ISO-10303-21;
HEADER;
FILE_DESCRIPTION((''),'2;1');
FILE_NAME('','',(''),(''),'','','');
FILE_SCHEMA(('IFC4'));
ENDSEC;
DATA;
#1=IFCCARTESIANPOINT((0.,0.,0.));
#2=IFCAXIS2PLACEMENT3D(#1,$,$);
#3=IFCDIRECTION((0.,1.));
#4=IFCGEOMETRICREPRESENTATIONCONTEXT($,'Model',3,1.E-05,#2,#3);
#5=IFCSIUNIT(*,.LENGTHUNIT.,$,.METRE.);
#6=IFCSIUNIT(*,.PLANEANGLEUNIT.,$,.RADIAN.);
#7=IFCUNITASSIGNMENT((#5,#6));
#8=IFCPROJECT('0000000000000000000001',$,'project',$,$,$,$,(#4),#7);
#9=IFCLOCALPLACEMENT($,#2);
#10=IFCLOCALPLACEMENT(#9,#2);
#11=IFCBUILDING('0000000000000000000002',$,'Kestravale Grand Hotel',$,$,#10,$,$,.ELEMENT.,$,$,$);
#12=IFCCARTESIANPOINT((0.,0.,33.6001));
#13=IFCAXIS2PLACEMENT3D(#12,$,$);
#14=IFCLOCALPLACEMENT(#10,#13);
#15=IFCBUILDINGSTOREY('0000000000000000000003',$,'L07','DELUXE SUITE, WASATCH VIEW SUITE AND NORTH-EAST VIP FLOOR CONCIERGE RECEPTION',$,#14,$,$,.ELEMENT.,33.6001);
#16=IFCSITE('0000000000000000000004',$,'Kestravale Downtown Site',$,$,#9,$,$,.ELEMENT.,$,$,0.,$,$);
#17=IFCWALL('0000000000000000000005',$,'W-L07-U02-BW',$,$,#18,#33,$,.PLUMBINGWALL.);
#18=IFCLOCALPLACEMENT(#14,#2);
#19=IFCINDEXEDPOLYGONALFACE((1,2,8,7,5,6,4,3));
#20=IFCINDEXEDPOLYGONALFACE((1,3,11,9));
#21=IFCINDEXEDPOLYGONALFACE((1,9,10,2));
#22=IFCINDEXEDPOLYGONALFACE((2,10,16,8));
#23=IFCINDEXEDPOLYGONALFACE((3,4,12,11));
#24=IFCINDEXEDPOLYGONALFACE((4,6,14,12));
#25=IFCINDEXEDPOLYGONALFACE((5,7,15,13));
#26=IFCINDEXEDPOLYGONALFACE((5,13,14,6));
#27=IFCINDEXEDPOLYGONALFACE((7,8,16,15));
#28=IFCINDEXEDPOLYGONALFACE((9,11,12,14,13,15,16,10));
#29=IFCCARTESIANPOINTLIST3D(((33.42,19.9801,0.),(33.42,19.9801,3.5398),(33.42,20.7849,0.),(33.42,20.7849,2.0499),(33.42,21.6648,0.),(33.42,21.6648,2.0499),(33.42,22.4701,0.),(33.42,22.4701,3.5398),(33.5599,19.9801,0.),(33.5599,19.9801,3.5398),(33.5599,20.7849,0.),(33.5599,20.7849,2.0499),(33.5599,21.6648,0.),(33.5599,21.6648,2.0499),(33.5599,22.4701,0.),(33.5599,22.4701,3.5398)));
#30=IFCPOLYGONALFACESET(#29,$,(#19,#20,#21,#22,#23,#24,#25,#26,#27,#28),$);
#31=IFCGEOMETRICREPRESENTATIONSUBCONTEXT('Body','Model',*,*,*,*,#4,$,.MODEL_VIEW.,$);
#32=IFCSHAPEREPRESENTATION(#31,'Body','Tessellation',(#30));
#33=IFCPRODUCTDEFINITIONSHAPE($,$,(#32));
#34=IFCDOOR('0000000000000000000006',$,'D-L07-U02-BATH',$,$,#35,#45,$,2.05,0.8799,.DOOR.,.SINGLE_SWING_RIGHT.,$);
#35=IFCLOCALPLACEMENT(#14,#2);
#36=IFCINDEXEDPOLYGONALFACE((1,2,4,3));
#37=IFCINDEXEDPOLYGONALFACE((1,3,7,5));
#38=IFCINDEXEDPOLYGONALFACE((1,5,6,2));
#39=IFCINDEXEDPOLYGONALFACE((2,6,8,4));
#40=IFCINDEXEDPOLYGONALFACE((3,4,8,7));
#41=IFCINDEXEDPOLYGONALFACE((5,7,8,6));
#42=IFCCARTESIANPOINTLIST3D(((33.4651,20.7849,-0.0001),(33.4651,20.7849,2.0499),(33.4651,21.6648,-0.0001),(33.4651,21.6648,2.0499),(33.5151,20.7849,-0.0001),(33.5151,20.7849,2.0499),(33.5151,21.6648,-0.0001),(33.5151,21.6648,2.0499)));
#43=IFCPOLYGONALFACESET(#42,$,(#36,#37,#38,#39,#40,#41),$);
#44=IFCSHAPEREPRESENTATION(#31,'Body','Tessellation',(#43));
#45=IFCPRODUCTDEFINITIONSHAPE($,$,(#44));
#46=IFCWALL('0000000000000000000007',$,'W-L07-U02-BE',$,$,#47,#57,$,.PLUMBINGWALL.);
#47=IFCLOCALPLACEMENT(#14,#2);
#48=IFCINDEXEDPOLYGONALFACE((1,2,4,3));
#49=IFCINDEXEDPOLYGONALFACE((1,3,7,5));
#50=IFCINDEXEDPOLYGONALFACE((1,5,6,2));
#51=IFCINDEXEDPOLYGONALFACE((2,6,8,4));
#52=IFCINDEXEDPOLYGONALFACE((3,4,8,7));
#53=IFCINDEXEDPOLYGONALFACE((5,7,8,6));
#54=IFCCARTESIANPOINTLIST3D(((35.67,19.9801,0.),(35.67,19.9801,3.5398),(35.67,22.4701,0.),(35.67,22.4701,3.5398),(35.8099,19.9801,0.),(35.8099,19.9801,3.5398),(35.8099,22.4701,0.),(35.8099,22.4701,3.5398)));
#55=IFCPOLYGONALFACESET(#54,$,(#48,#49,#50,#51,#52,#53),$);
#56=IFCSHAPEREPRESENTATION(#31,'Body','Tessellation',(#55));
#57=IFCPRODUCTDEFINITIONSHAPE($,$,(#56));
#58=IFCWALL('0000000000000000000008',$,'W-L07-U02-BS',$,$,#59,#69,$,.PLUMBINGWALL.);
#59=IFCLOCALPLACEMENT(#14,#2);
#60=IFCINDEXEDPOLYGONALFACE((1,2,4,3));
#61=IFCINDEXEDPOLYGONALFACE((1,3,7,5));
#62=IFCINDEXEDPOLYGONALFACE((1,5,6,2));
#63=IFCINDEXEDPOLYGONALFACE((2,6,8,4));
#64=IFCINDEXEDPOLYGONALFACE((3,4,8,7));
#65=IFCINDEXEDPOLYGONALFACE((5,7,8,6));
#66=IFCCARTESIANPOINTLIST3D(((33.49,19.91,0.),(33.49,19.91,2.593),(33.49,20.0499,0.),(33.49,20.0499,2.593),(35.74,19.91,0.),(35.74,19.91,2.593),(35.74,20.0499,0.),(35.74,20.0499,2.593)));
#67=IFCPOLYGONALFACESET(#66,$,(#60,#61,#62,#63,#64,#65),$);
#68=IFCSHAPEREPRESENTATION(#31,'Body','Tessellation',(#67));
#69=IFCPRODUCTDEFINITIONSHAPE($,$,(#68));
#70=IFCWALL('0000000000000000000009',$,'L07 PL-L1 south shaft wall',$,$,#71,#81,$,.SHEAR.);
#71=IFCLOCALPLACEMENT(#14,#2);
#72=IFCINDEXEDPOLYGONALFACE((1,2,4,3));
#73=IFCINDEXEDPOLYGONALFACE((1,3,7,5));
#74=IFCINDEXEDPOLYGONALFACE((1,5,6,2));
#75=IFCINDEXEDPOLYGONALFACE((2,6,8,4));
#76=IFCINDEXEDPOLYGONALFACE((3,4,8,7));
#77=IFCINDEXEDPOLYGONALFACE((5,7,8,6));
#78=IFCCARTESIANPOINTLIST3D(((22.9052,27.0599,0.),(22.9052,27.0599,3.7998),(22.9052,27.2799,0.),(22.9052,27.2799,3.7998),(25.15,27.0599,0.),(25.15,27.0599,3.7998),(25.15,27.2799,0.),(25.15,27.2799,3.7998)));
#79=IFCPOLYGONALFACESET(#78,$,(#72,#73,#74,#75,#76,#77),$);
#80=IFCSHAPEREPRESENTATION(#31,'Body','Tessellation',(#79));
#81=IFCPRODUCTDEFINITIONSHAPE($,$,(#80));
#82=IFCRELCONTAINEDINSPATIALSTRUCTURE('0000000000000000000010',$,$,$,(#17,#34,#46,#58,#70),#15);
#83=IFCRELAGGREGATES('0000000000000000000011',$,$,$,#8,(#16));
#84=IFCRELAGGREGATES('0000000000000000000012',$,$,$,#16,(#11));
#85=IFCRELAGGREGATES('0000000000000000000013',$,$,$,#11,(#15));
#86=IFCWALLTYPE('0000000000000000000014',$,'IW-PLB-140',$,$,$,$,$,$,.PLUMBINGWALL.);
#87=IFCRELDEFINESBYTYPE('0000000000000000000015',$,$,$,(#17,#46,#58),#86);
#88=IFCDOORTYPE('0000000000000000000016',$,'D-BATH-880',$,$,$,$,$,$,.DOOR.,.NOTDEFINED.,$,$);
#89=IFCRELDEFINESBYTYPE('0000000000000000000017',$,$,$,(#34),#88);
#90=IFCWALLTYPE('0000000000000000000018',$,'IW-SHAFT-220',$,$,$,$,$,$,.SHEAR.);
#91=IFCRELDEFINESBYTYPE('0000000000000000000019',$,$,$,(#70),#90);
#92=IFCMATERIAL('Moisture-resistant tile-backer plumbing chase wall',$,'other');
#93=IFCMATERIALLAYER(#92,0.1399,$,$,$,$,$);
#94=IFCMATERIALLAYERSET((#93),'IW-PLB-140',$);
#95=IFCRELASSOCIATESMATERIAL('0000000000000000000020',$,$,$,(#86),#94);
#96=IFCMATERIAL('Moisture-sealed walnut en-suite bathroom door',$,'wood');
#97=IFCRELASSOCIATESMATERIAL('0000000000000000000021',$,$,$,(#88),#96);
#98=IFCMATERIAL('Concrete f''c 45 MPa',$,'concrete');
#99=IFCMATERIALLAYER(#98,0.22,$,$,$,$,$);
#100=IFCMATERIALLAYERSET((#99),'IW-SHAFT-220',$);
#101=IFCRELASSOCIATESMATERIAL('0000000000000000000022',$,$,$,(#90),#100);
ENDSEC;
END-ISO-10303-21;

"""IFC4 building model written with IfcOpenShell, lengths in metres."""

from ifc_helpers import new_model, si_unit, direction, frame, frame_2d, origin, place, context, subcontext, project, spatial, rectangle, extrude, material, layer, layer_set, type_object, element, fill, save


model = new_model("IFC4")

# Units and contexts
model_context = context("Model", 3, precision=1e-05, world=origin(), true_north=direction((0.0, 1.0)))
body_context = subcontext(model_context, "Body", "Model", "MODEL_VIEW")
ifc_project = project(units=[si_unit("LENGTHUNIT", "METRE"), si_unit("PLANEANGLEUNIT", "RADIAN")], contexts=[model_context])

# Site, building, storey
site_placement = place(None, origin())
site = spatial("IfcSite", under=ifc_project, at=site_placement, Name="Kestravale Downtown Site", CompositionType="ELEMENT", RefElevation=0.0)
building_placement = place(site_placement, origin())
building = spatial("IfcBuilding", under=site, at=building_placement, Name="Kestravale Grand Hotel", CompositionType="ELEMENT")
storey_placement = place(building_placement, frame((0.0, 0.0, 33.6001)))
storey = spatial("IfcBuildingStorey", under=building, at=storey_placement, Name="L07", Description="DELUXE SUITE, WASATCH VIEW SUITE AND NORTH-EAST VIP FLOOR CONCIERGE RECEPTION", CompositionType="ELEMENT", Elevation=33.6001)

# Shared definitions
ifc_material_1 = material(Name="Moisture-resistant tile-backer plumbing chase wall", Category="other")
ifc_layer_1 = layer(ifc_material_1, 0.1399)
ifc_layer_set_1 = layer_set([ifc_layer_1], Name="IW-PLB-140")
wall_type_1 = type_object("IfcWallType", Name="IW-PLB-140", PredefinedType="PLUMBINGWALL", material=ifc_layer_set_1)
ifc_material_2 = material(Name="Moisture-sealed walnut en-suite bathroom door", Category="wood")
door_type_1 = type_object("IfcDoorType", Name="D-BATH-880", OperationType="NOTDEFINED", PredefinedType="DOOR", material=ifc_material_2)

# Wall, opening, door
wall_1_placement = place(storey_placement, frame((33.49, 19.98, 0.0), z_axis=(0.0, 0.0, 1.0), x_axis=(0.0, 1.0, 0.0)))
wall_1 = element("IfcWall", 1, at=wall_1_placement, inside=storey, type_object=wall_type_1, Name="W-L07-U02-BW", PredefinedType="PLUMBINGWALL", context=body_context, shape_type="SweptSolid", body=[
    extrude(rectangle(XDim=2.49, YDim=0.1399, at=frame_2d((1.2451, 0.0))), origin(), (0.0, 0.0, 1.0), 3.5398),
])
opening_1_placement = place(wall_1_placement, frame((0.8049, 0.0, 0.0)))
opening_1 = element("IfcOpeningElement", 2, at=opening_1_placement, cuts=wall_1, PredefinedType="OPENING", context=body_context, shape_type="SweptSolid", body=[
    extrude(rectangle(XDim=0.8799, YDim=2.05, at=frame_2d((0.4399, 1.0249))), frame((0.0, 0.0798, 0.0), z_axis=(0.0, -1.0, 0.0), x_axis=(1.0, 0.0, 0.0)), (0.0, 0.0, 1.0), 0.1599),
])
door_1_placement = place(opening_1_placement, origin())
door_1 = element("IfcDoor", 3, at=door_1_placement, inside=storey, type_object=door_type_1, Name="D-L07-U02-BATH", OperationType="SINGLE_SWING_RIGHT", OverallHeight=2.05, OverallWidth=0.8799, PredefinedType="DOOR", context=body_context, shape_type="SweptSolid", body=[
    extrude(rectangle(XDim=0.8799, YDim=2.05, at=frame_2d((0.4399, 1.0249))), frame((0.0, 0.0249, 0.0), z_axis=(0.0, -1.0, 0.0), x_axis=(1.0, 0.0, 0.0)), (0.0, 0.0, 1.0), 0.05),
])
fill(opening_1, door_1)

# Walls
wall_2_placement = place(storey_placement, frame((35.74, 19.98, 0.0), z_axis=(0.0, 0.0, 1.0), x_axis=(0.0, 1.0, 0.0)))
element("IfcWall", 4, at=wall_2_placement, inside=storey, type_object=wall_type_1, Name="W-L07-U02-BE", PredefinedType="PLUMBINGWALL", context=body_context, shape_type="SweptSolid", body=[
    extrude(rectangle(XDim=2.49, YDim=0.1399, at=frame_2d((1.2451, 0.0))), origin(), (0.0, 0.0, 1.0), 3.5398),
])
wall_3_placement = place(storey_placement, frame((33.49, 19.98, 0.0), z_axis=(0.0, 0.0, 1.0), x_axis=(1.0, 0.0, 0.0)))
element("IfcWall", 5, at=wall_3_placement, inside=storey, type_object=wall_type_1, Name="W-L07-U02-BS", PredefinedType="PLUMBINGWALL", context=body_context, shape_type="SweptSolid", body=[
    extrude(rectangle(XDim=2.25, YDim=0.1399, at=frame_2d((1.125, 0.0))), origin(), (0.0, 0.0, 1.0), 2.593),
])
ifc_material_3 = material(Name="Concrete f'c 45 MPa", Category="concrete")
ifc_layer_2 = layer(ifc_material_3, 0.22)
ifc_layer_set_2 = layer_set([ifc_layer_2], Name="IW-SHAFT-220")
wall_type_2 = type_object("IfcWallType", Name="IW-SHAFT-220", PredefinedType="SHEAR", material=ifc_layer_set_2)
wall_4_placement = place(storey_placement, frame((22.905, 27.1699, 0.0), z_axis=(0.0, 0.0, 1.0), x_axis=(1.0, 0.0, 0.0)))
element("IfcWall", 6, at=wall_4_placement, inside=storey, type_object=wall_type_2, Name="L07 PL-L1 south shaft wall", PredefinedType="SHEAR", context=body_context, shape_type="SweptSolid", body=[
    extrude(rectangle(XDim=2.2449, YDim=0.22, at=frame_2d((1.1226, 0.0))), origin(), (0.0, 0.0, 1.0), 3.7998),
])

save(model, "model.ifc")
